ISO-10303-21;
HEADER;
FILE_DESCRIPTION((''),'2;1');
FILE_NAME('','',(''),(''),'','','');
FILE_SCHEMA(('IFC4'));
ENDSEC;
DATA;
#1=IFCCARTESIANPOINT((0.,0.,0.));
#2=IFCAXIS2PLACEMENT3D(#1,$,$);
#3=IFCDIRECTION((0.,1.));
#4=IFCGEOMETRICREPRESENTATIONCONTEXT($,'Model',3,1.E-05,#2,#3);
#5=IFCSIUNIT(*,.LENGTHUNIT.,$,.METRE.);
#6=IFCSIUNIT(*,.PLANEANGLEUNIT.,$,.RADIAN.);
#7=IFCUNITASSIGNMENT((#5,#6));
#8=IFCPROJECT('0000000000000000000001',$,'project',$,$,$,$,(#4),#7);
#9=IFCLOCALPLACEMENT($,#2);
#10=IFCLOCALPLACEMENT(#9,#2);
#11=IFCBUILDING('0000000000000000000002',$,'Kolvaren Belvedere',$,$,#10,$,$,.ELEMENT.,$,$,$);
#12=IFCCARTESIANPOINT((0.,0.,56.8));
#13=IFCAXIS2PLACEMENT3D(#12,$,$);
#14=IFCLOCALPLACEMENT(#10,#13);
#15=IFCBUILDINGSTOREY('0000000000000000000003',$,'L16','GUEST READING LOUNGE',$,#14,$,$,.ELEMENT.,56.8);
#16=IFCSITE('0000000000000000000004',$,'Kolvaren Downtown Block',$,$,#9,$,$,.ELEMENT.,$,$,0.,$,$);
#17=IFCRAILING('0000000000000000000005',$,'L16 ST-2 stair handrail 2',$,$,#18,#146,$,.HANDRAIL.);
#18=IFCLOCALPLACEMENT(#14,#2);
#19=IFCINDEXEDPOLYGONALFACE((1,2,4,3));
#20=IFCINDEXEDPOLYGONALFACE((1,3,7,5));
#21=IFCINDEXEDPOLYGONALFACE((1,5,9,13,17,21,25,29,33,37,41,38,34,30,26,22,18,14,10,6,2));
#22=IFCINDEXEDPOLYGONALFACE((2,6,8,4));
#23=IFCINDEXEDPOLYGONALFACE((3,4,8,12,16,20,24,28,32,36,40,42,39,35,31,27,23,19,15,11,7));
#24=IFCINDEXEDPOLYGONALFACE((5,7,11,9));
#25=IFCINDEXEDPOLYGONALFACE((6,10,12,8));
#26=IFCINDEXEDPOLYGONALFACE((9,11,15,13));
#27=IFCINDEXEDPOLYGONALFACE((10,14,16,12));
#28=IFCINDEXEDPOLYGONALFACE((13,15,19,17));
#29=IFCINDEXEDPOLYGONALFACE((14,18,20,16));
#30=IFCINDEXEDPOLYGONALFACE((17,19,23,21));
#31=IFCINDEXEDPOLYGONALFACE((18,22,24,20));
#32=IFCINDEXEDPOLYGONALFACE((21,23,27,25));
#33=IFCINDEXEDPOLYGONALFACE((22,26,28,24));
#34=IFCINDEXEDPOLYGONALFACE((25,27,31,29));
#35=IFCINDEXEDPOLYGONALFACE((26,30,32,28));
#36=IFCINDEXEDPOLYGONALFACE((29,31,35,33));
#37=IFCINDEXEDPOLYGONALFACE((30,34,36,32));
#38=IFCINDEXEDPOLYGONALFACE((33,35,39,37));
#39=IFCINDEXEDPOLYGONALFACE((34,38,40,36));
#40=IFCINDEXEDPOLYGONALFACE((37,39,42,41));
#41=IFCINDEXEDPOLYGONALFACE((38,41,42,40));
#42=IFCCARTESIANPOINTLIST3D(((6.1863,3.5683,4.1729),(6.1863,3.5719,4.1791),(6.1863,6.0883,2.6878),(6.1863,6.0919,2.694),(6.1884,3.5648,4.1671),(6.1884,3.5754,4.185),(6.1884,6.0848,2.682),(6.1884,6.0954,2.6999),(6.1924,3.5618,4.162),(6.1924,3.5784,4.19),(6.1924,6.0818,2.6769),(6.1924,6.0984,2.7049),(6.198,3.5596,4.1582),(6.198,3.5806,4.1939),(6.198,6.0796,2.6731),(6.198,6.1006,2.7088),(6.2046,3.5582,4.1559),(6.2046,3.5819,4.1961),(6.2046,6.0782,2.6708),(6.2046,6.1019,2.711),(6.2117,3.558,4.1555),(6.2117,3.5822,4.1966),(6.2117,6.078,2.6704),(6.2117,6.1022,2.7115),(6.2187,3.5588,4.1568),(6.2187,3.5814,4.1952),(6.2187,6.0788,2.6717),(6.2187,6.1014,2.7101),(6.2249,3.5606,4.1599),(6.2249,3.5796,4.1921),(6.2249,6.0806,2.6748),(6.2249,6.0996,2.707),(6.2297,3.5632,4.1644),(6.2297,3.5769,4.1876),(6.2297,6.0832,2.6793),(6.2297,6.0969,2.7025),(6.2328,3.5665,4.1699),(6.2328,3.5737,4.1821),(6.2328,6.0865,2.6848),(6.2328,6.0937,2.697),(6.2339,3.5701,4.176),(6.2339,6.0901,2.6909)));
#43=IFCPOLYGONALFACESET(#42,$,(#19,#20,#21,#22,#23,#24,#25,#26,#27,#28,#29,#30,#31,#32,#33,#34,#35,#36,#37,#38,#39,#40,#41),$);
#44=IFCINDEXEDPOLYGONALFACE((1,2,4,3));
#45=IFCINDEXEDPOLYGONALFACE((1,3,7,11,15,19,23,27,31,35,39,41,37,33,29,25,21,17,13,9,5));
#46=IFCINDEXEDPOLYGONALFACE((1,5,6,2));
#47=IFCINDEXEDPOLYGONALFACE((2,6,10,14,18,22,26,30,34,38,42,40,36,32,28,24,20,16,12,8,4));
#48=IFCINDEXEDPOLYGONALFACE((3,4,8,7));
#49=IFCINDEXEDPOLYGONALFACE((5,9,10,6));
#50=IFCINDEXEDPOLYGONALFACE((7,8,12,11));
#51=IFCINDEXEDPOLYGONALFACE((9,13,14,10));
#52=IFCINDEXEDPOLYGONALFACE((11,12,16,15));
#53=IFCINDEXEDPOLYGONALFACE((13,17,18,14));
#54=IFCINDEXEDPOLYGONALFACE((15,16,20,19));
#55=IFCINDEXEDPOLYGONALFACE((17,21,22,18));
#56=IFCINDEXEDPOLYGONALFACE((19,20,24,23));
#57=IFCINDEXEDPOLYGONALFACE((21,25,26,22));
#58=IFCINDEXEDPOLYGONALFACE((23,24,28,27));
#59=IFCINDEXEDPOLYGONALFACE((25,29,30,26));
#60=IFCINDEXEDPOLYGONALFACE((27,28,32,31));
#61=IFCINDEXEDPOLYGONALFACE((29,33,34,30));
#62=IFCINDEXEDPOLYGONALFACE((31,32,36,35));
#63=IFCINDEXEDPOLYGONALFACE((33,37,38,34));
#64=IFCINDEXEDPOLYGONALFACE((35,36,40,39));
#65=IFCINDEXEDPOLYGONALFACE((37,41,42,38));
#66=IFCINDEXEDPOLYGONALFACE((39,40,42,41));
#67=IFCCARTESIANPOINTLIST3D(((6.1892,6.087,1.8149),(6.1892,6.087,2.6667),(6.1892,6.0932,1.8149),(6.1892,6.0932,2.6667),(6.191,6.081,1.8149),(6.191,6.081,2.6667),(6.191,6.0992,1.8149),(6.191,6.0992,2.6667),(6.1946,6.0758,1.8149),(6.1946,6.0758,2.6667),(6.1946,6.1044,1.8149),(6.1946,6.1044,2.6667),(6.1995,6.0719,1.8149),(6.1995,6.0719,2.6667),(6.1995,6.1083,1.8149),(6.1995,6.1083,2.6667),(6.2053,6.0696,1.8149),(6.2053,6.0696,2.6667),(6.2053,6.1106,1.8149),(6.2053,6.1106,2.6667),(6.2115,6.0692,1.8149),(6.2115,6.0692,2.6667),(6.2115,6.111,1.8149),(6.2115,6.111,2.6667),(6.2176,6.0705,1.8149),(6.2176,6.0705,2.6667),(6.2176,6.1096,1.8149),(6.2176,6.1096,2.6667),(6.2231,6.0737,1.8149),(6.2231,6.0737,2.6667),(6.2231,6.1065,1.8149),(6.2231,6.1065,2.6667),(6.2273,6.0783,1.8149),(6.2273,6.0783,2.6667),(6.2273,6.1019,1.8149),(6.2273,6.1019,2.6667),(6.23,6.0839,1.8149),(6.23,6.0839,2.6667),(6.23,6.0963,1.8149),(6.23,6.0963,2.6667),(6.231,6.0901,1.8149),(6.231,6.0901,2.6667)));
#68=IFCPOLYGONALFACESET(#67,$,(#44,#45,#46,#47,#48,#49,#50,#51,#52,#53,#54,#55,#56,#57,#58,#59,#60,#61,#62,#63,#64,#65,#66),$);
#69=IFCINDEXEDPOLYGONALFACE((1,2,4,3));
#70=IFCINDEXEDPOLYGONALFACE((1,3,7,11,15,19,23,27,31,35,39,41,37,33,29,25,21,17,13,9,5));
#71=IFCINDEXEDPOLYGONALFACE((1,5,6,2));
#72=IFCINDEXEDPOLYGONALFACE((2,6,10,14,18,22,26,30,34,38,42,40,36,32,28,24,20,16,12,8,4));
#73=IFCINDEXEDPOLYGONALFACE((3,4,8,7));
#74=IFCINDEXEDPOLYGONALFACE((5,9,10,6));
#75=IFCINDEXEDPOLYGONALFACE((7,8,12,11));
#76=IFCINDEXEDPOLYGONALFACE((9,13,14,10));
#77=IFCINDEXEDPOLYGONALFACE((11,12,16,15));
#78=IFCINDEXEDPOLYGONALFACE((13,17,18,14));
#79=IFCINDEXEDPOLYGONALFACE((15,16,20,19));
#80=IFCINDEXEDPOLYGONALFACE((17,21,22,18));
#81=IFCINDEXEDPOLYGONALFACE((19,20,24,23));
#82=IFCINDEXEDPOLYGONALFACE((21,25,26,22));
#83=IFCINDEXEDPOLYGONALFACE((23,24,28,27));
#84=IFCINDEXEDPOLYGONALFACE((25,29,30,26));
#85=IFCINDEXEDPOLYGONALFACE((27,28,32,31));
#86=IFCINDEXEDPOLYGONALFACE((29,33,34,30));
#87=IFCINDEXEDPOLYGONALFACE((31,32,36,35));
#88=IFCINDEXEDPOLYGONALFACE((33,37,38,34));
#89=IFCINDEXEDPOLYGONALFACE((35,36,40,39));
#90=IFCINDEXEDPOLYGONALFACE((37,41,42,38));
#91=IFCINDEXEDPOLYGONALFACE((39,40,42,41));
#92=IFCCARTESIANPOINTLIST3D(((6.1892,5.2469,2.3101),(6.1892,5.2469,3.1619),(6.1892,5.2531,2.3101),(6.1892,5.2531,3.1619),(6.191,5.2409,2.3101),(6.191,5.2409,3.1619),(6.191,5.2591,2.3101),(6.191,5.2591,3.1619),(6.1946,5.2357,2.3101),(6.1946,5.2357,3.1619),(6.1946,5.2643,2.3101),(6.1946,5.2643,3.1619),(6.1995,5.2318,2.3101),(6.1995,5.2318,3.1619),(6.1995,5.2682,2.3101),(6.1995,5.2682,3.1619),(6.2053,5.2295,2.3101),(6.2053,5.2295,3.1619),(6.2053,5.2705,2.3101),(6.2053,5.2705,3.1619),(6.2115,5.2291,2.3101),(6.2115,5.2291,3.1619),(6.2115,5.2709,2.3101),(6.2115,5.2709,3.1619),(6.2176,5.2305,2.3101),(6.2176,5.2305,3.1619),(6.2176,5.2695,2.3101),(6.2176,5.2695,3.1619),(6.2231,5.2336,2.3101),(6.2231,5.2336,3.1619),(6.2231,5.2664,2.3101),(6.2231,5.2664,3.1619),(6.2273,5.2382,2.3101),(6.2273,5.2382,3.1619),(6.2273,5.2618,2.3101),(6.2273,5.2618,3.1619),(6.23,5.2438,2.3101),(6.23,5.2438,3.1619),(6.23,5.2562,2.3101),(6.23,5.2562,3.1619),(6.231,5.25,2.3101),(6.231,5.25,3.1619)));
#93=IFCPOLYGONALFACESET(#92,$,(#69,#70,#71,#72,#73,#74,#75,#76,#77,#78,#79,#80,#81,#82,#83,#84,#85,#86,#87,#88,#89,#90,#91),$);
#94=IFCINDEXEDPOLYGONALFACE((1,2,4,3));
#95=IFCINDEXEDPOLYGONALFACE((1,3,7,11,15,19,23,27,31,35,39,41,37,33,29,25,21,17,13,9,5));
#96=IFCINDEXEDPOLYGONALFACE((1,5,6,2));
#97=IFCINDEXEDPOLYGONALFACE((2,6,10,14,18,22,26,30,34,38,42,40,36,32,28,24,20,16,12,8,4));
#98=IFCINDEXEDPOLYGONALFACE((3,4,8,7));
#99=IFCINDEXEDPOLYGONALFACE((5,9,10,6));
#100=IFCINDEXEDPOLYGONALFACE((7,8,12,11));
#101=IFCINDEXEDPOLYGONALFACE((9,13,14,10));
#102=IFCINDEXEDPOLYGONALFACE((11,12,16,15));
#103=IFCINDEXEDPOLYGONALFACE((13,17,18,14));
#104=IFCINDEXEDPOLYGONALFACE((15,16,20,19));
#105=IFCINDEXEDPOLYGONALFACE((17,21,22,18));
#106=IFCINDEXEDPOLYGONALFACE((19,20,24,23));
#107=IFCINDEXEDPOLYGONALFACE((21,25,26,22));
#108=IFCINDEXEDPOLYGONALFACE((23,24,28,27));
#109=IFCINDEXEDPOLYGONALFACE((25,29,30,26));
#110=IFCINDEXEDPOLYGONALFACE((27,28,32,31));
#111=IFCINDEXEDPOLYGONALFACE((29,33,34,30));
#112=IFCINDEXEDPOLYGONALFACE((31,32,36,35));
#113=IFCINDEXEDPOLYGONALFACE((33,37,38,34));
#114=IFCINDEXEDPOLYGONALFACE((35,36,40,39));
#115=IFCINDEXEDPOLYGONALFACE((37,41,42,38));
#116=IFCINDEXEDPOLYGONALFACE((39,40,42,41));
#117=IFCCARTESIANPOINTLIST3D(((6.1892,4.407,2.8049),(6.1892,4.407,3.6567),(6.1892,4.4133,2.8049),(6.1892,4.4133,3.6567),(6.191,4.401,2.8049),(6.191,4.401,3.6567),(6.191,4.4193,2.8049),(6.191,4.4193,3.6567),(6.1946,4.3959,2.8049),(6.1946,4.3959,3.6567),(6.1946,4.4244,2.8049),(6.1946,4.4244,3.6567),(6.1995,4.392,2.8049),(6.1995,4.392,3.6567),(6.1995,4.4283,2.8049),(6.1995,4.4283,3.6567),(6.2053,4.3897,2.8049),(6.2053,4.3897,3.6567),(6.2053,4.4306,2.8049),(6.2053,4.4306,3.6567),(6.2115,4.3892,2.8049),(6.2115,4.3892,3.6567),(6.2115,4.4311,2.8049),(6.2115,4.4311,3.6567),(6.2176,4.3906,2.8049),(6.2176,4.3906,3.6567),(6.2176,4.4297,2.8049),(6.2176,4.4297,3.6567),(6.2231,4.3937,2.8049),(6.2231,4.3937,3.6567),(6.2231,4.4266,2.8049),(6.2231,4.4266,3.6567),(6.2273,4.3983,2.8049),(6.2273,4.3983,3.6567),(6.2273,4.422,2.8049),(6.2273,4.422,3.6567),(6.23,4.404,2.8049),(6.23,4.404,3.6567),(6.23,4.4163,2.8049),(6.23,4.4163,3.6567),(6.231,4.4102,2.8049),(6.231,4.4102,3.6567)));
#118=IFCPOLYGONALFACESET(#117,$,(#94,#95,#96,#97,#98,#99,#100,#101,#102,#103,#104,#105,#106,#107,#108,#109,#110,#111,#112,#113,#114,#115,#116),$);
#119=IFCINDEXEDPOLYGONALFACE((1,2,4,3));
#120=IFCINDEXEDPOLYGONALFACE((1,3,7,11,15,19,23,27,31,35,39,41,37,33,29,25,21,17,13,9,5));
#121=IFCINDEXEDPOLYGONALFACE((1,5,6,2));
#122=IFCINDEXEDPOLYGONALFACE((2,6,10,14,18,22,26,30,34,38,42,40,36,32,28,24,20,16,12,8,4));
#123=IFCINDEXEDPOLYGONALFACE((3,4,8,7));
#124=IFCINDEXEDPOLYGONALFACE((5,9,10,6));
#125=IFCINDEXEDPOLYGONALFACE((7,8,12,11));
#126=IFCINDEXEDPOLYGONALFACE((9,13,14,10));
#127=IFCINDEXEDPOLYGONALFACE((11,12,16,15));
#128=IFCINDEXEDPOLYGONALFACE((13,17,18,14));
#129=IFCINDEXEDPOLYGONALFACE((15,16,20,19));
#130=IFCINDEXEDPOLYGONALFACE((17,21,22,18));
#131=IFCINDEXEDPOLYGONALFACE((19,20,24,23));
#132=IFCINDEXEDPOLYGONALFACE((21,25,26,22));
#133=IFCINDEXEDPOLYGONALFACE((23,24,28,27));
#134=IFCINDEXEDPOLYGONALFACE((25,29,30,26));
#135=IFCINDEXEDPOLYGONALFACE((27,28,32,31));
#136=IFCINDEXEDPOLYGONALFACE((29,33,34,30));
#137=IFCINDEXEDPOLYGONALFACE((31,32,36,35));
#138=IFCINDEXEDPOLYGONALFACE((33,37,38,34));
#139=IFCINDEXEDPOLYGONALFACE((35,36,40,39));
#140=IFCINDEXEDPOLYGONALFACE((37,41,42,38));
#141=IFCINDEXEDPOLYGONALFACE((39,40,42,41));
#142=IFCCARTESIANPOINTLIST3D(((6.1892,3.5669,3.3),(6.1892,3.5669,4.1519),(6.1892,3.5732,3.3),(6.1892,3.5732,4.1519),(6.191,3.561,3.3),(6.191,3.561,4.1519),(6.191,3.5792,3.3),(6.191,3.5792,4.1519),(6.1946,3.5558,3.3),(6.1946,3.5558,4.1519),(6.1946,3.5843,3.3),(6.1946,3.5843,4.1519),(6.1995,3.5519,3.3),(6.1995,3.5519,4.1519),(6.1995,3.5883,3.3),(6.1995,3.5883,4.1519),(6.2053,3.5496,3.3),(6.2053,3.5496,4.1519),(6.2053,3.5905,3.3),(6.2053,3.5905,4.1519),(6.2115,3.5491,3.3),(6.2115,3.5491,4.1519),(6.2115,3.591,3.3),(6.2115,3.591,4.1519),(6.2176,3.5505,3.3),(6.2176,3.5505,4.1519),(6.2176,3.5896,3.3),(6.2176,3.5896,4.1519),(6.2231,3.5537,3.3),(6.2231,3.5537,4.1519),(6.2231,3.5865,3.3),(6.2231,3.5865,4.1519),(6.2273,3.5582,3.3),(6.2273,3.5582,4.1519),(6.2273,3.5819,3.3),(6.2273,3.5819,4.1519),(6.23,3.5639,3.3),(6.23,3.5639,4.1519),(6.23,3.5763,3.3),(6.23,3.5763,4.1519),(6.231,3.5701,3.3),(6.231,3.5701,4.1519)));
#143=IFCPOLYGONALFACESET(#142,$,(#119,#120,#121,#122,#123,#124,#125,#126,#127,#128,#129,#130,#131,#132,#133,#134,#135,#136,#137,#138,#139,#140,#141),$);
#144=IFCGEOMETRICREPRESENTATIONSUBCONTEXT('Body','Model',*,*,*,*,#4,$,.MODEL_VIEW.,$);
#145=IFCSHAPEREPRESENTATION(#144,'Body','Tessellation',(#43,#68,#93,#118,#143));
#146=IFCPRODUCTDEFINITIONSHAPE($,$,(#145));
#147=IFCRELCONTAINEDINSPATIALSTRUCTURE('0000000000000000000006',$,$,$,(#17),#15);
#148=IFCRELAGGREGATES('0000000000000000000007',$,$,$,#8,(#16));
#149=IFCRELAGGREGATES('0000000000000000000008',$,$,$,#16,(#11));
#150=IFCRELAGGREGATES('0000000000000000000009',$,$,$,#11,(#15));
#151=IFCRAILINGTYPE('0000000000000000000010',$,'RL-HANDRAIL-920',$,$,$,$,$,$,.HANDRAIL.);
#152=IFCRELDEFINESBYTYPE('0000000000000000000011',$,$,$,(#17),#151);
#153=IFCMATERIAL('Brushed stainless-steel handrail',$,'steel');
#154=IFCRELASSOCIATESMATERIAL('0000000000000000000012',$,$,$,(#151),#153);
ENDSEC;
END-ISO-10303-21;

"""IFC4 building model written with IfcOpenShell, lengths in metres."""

from ifc_helpers import new_model, si_unit, direction, frame, origin, origin_2d, place, context, subcontext, project, spatial, circle, extrude, material, type_object, element, save


model = new_model("IFC4")

# Units and contexts
model_context = context("Model", 3, precision=1e-05, world=origin(), true_north=direction((0.0, 1.0)))
body_context = subcontext(model_context, "Body", "Model", "MODEL_VIEW")
ifc_project = project(units=[si_unit("LENGTHUNIT", "METRE"), si_unit("PLANEANGLEUNIT", "RADIAN")], contexts=[model_context])

# Site, building, storey
site_placement = place(None, origin())
site = spatial("IfcSite", under=ifc_project, at=site_placement, Name="Kolvaren Downtown Block", CompositionType="ELEMENT", RefElevation=0.0)
building_placement = place(site_placement, origin())
building = spatial("IfcBuilding", under=site, at=building_placement, Name="Kolvaren Belvedere", CompositionType="ELEMENT")
storey_placement = place(building_placement, frame((0.0, 0.0, 56.8)))
storey = spatial("IfcBuildingStorey", under=building, at=storey_placement, Name="L16", Description="GUEST READING LOUNGE", CompositionType="ELEMENT", Elevation=56.8)

# Railing
ifc_material_1 = material(Name="Brushed stainless-steel handrail", Category="steel")
railing_type_1 = type_object("IfcRailingType", Name="RL-HANDRAIL-920", PredefinedType="HANDRAIL", material=ifc_material_1)
railing_1_placement = place(storey_placement, frame((6.21, 6.0901, 1.8149)))
element("IfcRailing", 1, at=railing_1_placement, inside=storey, type_object=railing_type_1, Name="L16 ST-2 stair handrail 2", PredefinedType="HANDRAIL", context=body_context, shape_type="SweptSolid", body=[
    extrude(circle(Radius=0.0239, at=origin_2d()), frame((0.0, 0.0, 0.876), z_axis=(0.0, -0.861524, 0.507717), x_axis=(1.0, 0.0, 0.0)), (0.0, 0.0, 1.0), 2.925),
    extrude(circle(Radius=0.021, at=origin_2d()), origin(), (0.0, 0.0, 1.0), 0.8518),
    extrude(circle(Radius=0.021, at=origin_2d()), frame((0.0, -0.8401, 0.4951)), (0.0, 0.0, 1.0), 0.8518),
    extrude(circle(Radius=0.021, at=origin_2d()), frame((0.0, -1.6799, 0.99)), (0.0, 0.0, 1.0), 0.8518),
    extrude(circle(Radius=0.021, at=origin_2d()), frame((0.0, -2.52, 1.4851)), (0.0, 0.0, 1.0), 0.8518),
])

save(model, "model.ifc")
